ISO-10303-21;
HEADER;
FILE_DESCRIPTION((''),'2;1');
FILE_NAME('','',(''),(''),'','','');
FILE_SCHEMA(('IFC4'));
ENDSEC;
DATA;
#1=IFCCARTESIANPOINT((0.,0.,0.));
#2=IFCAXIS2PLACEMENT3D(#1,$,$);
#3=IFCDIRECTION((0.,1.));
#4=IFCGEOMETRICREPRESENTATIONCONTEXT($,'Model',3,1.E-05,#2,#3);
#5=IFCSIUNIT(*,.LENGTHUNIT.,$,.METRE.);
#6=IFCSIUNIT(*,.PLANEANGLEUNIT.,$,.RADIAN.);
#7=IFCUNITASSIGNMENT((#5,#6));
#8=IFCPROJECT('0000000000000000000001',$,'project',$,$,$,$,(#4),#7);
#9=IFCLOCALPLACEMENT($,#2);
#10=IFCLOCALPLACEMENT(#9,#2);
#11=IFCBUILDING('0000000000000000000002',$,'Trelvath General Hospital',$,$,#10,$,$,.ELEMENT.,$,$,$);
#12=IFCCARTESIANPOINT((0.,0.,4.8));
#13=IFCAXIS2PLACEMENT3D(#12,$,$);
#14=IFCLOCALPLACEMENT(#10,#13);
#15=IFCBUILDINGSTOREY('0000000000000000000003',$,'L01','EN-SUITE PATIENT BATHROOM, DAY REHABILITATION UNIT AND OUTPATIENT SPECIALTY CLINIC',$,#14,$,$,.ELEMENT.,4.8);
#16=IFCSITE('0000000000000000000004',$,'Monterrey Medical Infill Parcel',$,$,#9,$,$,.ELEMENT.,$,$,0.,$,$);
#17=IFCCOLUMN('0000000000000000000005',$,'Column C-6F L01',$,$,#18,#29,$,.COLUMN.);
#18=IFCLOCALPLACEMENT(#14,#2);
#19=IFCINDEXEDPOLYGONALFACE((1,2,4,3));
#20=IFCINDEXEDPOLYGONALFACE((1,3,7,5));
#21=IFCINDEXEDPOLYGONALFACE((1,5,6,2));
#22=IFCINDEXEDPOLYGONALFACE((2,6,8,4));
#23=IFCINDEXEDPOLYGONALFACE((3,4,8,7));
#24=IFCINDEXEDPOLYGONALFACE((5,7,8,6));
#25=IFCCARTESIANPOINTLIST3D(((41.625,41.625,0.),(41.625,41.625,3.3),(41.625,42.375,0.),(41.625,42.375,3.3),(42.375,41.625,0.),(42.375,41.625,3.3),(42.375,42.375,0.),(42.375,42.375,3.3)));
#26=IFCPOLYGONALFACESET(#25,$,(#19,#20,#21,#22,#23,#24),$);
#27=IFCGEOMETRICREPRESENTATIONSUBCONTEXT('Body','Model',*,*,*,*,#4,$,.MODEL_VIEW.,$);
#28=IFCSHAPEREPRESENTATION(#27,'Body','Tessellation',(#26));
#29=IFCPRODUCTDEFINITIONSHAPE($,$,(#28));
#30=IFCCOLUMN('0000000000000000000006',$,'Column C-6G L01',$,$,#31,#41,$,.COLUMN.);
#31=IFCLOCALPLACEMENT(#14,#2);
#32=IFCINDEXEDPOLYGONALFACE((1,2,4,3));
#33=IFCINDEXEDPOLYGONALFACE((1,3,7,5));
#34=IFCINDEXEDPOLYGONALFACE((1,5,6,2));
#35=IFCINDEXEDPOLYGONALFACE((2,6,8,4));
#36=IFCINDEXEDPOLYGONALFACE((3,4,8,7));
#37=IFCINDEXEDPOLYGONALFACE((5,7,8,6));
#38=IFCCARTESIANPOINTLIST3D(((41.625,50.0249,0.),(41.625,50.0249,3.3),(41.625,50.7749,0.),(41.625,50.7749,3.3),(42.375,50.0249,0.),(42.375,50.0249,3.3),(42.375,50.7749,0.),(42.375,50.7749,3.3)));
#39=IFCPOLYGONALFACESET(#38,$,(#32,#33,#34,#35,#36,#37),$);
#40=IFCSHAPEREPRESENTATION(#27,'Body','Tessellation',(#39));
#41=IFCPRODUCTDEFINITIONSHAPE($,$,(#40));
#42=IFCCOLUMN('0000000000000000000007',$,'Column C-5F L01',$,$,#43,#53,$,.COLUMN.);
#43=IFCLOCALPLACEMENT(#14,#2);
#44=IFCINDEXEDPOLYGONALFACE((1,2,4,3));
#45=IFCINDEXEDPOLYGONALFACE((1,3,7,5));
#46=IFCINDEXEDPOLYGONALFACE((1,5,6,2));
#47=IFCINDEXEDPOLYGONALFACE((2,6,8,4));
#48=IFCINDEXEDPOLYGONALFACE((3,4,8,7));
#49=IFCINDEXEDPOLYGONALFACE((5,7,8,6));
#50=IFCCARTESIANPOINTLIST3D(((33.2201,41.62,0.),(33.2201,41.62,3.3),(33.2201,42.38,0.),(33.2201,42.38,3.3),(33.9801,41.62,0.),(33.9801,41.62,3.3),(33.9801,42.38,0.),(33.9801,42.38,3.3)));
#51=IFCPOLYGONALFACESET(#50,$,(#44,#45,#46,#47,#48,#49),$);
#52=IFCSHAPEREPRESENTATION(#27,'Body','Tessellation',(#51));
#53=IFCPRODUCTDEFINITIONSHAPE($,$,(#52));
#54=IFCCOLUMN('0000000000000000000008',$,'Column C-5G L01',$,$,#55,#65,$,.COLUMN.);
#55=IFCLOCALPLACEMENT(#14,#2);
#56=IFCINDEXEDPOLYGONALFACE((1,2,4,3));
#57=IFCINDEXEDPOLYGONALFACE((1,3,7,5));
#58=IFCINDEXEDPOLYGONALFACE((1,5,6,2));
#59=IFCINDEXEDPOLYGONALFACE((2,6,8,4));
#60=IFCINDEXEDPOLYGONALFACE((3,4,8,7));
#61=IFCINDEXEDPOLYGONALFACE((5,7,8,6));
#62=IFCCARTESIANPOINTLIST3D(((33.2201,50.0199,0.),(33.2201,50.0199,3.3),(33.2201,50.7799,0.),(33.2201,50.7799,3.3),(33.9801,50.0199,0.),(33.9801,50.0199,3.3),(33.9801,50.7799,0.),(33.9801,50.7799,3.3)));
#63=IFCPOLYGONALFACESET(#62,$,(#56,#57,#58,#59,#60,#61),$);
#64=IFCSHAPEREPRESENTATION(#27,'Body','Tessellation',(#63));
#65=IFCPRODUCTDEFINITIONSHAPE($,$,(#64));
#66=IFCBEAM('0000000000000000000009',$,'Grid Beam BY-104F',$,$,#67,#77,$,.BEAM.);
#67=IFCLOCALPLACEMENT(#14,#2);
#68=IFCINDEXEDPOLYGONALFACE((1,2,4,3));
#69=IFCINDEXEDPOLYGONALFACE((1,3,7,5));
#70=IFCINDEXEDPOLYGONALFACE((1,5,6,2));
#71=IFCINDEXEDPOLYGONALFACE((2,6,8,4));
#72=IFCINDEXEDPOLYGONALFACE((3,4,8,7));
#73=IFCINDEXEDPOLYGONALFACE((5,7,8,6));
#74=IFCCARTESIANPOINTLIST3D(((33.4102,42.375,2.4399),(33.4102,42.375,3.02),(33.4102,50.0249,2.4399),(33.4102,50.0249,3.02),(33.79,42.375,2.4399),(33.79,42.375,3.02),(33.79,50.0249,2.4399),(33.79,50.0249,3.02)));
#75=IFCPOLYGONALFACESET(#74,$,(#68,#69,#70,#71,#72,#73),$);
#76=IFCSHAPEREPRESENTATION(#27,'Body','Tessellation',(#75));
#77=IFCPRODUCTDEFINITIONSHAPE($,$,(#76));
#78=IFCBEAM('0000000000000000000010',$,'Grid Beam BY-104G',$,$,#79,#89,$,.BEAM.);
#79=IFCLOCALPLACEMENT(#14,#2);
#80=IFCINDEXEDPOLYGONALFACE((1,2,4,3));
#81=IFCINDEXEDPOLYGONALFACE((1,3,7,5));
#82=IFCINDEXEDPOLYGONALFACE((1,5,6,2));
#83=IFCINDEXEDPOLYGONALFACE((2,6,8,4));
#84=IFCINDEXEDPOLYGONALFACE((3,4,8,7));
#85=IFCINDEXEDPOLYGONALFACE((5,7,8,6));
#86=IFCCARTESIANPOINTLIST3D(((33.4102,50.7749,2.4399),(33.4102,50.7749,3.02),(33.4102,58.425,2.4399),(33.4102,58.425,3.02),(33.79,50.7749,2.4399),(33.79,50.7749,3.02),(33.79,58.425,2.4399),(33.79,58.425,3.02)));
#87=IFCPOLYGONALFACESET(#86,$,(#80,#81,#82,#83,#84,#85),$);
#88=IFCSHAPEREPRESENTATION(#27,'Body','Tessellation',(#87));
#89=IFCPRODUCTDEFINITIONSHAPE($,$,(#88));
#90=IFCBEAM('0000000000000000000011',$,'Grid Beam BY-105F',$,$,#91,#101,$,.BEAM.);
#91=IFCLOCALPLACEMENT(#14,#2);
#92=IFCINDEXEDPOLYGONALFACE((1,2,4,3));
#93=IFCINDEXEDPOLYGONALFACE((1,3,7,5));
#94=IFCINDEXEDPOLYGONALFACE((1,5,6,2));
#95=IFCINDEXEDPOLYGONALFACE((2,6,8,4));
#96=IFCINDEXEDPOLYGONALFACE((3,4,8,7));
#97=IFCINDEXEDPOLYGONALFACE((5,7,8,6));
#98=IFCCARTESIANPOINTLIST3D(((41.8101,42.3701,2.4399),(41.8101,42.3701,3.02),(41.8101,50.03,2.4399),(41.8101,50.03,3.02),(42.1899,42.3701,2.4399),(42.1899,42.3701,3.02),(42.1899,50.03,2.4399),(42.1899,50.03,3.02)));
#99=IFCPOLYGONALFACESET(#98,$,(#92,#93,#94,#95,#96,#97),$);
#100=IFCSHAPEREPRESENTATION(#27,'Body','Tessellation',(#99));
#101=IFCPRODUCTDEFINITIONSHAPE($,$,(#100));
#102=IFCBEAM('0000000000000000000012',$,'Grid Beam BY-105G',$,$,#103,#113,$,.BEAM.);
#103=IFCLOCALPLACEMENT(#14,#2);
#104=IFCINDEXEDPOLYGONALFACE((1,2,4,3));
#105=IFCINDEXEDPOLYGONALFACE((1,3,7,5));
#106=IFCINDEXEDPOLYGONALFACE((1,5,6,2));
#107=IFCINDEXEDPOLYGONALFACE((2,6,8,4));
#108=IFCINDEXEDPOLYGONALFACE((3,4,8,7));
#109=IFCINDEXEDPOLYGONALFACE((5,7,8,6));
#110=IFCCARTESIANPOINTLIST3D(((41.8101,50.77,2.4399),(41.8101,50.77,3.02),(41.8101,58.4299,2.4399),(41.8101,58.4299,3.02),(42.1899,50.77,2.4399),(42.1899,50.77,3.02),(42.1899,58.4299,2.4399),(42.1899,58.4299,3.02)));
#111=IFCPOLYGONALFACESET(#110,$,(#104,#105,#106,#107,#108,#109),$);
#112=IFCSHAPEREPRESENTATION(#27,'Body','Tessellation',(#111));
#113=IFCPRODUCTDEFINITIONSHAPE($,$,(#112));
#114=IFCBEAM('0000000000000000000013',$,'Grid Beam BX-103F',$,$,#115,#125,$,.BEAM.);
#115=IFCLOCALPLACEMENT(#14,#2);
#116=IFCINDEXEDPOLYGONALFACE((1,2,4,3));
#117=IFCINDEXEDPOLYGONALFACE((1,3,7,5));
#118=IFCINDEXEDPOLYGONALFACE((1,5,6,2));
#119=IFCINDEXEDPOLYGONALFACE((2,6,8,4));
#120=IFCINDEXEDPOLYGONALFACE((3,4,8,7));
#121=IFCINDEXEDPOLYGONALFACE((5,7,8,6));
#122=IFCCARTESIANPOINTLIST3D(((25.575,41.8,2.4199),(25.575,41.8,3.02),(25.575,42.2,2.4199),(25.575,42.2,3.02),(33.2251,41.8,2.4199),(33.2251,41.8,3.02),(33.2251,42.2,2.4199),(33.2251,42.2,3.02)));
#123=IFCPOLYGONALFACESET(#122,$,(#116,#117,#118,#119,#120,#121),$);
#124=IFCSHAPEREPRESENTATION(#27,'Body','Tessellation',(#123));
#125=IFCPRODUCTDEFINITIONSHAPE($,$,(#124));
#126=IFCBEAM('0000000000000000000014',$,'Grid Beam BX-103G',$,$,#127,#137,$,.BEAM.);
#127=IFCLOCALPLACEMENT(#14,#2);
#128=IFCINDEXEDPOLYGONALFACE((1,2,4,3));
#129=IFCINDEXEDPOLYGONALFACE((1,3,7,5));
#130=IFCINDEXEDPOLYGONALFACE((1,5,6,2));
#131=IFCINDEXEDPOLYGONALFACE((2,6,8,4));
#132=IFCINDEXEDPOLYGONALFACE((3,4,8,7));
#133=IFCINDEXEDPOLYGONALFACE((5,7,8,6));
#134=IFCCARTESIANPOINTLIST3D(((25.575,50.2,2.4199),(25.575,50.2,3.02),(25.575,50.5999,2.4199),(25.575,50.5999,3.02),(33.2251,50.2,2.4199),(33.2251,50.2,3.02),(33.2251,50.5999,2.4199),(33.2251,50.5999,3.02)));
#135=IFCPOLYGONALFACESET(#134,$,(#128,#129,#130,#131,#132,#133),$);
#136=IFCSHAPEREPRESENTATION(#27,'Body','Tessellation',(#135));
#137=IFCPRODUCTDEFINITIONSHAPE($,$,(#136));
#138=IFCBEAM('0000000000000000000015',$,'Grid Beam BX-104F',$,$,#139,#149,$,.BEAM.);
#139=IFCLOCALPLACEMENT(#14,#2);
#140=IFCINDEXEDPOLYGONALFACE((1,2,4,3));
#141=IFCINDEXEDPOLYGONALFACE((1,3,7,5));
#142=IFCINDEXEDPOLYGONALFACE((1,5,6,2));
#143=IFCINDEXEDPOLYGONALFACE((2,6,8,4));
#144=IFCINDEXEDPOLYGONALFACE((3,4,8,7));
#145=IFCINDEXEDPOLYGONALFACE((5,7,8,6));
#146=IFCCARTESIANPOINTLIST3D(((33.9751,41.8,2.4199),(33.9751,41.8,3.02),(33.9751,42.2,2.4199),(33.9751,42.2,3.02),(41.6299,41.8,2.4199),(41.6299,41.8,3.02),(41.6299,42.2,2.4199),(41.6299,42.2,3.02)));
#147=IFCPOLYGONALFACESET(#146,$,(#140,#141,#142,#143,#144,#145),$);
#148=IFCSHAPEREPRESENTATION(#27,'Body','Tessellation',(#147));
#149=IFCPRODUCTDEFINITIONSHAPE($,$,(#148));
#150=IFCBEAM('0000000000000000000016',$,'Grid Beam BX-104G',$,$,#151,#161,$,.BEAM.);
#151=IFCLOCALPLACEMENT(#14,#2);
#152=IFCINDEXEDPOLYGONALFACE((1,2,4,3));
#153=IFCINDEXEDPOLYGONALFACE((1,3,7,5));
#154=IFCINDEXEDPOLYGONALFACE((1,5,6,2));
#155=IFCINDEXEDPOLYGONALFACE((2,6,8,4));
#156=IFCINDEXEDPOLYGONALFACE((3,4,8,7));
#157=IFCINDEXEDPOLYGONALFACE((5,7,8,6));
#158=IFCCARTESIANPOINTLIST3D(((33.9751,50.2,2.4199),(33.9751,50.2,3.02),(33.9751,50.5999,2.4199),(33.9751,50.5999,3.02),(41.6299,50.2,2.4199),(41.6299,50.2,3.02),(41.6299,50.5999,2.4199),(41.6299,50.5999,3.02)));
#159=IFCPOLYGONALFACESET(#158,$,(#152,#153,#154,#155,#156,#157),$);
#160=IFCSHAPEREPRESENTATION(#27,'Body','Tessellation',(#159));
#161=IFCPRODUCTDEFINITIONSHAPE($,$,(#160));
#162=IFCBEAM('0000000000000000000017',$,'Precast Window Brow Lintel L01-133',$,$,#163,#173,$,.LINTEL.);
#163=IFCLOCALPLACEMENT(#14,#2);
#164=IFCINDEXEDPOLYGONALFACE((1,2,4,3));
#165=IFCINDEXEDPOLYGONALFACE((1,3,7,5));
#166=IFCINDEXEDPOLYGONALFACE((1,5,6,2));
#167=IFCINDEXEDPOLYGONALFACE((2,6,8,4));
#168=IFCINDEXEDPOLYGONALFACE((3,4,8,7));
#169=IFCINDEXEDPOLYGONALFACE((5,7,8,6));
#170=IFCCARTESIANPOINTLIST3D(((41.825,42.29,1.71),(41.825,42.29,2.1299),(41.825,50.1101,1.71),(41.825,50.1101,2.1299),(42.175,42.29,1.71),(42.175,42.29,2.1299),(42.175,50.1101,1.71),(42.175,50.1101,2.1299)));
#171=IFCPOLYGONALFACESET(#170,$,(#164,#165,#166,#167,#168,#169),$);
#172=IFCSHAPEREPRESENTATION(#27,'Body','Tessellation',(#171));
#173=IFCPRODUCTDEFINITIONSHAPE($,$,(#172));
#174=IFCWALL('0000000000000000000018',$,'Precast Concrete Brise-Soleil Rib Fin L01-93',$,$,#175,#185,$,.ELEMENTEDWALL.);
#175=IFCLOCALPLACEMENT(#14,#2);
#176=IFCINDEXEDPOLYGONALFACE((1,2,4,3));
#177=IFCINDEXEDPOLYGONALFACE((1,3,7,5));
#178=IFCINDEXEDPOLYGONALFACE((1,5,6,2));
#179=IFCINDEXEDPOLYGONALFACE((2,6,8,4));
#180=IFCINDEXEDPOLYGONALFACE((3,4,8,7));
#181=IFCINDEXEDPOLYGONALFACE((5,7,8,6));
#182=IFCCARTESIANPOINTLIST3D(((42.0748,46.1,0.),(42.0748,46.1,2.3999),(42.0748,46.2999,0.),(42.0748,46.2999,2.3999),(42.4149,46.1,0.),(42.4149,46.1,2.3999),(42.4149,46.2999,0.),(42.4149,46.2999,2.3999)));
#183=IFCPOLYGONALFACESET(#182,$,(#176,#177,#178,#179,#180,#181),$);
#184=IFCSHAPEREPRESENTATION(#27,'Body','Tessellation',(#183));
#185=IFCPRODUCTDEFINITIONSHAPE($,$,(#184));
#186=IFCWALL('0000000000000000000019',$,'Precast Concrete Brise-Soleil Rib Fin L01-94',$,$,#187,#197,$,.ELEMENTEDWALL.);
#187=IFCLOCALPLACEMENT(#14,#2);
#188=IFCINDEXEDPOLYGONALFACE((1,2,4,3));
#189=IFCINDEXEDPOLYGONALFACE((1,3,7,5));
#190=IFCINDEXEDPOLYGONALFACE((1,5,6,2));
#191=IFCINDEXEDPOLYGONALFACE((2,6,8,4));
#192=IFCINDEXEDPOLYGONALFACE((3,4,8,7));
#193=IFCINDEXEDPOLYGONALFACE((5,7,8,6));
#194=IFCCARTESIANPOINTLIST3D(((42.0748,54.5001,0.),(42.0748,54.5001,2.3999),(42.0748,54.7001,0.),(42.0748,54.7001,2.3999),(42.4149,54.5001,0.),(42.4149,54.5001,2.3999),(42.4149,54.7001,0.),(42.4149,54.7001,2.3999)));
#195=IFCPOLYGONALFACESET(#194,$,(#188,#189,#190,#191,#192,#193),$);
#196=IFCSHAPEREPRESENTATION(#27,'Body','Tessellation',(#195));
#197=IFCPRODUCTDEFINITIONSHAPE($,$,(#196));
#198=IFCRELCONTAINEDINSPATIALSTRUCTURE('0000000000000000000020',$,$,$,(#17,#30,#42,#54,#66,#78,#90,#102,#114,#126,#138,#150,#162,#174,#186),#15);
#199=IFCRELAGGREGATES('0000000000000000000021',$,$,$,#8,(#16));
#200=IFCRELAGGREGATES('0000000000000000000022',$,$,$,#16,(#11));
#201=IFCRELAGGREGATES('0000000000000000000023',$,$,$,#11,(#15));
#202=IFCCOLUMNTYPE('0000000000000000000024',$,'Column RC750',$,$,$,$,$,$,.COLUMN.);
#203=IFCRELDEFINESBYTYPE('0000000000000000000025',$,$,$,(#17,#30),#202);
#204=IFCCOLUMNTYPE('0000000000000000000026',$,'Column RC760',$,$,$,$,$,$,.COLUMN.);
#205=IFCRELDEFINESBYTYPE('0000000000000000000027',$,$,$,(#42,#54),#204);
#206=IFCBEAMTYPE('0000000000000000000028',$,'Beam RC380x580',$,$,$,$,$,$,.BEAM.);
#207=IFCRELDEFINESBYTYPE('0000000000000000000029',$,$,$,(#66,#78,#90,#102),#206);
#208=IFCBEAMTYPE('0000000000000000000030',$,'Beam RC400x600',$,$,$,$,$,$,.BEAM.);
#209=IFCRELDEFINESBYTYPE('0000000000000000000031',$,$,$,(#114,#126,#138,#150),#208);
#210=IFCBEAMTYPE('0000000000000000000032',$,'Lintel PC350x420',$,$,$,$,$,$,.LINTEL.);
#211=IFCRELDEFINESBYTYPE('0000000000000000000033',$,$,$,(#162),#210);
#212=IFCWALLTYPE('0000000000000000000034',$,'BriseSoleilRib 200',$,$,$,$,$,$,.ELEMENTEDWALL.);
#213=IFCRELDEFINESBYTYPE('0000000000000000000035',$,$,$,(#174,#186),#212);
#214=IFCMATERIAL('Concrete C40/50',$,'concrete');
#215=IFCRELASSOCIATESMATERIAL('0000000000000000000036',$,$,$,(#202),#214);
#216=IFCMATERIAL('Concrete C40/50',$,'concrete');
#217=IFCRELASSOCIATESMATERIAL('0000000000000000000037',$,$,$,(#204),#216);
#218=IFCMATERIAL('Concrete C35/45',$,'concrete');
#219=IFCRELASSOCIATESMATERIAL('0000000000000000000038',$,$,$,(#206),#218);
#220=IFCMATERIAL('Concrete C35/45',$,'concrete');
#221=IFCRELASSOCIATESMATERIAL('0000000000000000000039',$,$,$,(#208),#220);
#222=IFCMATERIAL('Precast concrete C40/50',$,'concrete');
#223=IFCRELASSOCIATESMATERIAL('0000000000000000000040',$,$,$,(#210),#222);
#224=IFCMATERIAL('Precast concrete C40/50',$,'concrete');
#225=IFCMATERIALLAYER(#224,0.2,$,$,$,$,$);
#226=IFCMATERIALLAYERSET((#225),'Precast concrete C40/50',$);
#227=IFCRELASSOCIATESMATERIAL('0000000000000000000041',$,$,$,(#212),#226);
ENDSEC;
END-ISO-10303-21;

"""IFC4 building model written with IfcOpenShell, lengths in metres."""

from ifc_helpers import new_model, si_unit, direction, frame, frame_2d, origin, origin_2d, place, context, subcontext, project, spatial, rectangle, extrude, material, layer, layer_set, material_profile, profile_set, type_object, element, save


model = new_model("IFC4")

# Units and contexts
model_context = context("Model", 3, precision=1e-05, world=origin(), true_north=direction((0.0, 1.0)))
body_context = subcontext(model_context, "Body", "Model", "MODEL_VIEW")
ifc_project = project(units=[si_unit("LENGTHUNIT", "METRE"), si_unit("PLANEANGLEUNIT", "RADIAN")], contexts=[model_context])

# Site, building, storey
site_placement = place(None, origin())
site = spatial("IfcSite", under=ifc_project, at=site_placement, Name="Monterrey Medical Infill Parcel", CompositionType="ELEMENT", RefElevation=0.0)
building_placement = place(site_placement, origin())
building = spatial("IfcBuilding", under=site, at=building_placement, Name="Trelvath General Hospital", CompositionType="ELEMENT")
storey_placement = place(building_placement, frame((0.0, 0.0, 4.8)))
storey = spatial("IfcBuildingStorey", under=building, at=storey_placement, Name="L01", Description="EN-SUITE PATIENT BATHROOM, DAY REHABILITATION UNIT AND OUTPATIENT SPECIALTY CLINIC", CompositionType="ELEMENT", Elevation=4.8)

# Columns
ifc_material_1 = material(Name="Concrete C40/50", Category="concrete")
ifc_material_profile_1 = material_profile(ifc_material_1, rectangle(XDim=0.75, YDim=0.75, at=origin_2d()), Name="RC750x750")
ifc_profile_set_1 = profile_set([ifc_material_profile_1], Name="Concrete C40/50")
column_type_1 = type_object("IfcColumnType", Name="Column RC750", PredefinedType="COLUMN", material=ifc_profile_set_1)
for number, where, z_axis, x_axis, name in (
    (1, (42.0, 42.0, 0.0), (0.0, 0.0, 1.0), (1.0, 0.0, 0.0), "Column C-6F L01"),
    (2, (42.0, 50.3999, 0.0), (0.0, 0.0, 1.0), (1.0, 0.0, 0.0), "Column C-6G L01"),
):
    element("IfcColumn", number, at=place(storey_placement, frame(where, z_axis=z_axis, x_axis=x_axis)), inside=storey, type_object=column_type_1, Name=name, PredefinedType="COLUMN", context=body_context, shape_type="SweptSolid", body=[
        extrude(rectangle(XDim=0.75, YDim=0.75, at=origin_2d()), origin(), (0.0, 0.0, 1.0), 3.3),
    ])
ifc_material_2 = material(Name="Concrete C40/50", Category="concrete")
ifc_material_profile_2 = material_profile(ifc_material_2, rectangle(XDim=0.76, YDim=0.76, at=origin_2d()), Name="RC760x760")
ifc_profile_set_2 = profile_set([ifc_material_profile_2], Name="Concrete C40/50")
column_type_2 = type_object("IfcColumnType", Name="Column RC760", PredefinedType="COLUMN", material=ifc_profile_set_2)
for number, where, z_axis, x_axis, name in (
    (3, (33.6001, 42.0, 0.0), (0.0, 0.0, 1.0), (1.0, 0.0, 0.0), "Column C-5F L01"),
    (4, (33.6001, 50.3999, 0.0), (0.0, 0.0, 1.0), (1.0, 0.0, 0.0), "Column C-5G L01"),
):
    element("IfcColumn", number, at=place(storey_placement, frame(where, z_axis=z_axis, x_axis=x_axis)), inside=storey, type_object=column_type_2, Name=name, PredefinedType="COLUMN", context=body_context, shape_type="SweptSolid", body=[
        extrude(rectangle(XDim=0.76, YDim=0.76, at=origin_2d()), origin(), (0.0, 0.0, 1.0), 3.3),
    ])

# Beams
ifc_material_3 = material(Name="Concrete C35/45", Category="concrete")
ifc_material_profile_3 = material_profile(ifc_material_3, rectangle(XDim=0.3799, YDim=0.5801, at=origin_2d()), Name="RCB380x580")
ifc_profile_set_3 = profile_set([ifc_material_profile_3], Name="Concrete C35/45")
beam_type_1 = type_object("IfcBeamType", Name="Beam RC380x580", PredefinedType="BEAM", material=ifc_profile_set_3)
beam_1_placement = place(storey_placement, frame((33.6001, 42.375, 2.73), z_axis=(0.0, 1.0, 0.0), x_axis=(-1.0, 0.0, 0.0)))
element("IfcBeam", 5, at=beam_1_placement, inside=storey, type_object=beam_type_1, Name="Grid Beam BY-104F", PredefinedType="BEAM", context=body_context, shape_type="SweptSolid", body=[
    extrude(rectangle(XDim=0.3799, YDim=0.5801, at=origin_2d()), origin(), (0.0, 0.0, 1.0), 7.6499),
])
beam_2_placement = place(storey_placement, frame((33.6001, 50.7749, 2.73), z_axis=(0.0, 1.0, 0.0), x_axis=(-1.0, 0.0, 0.0)))
element("IfcBeam", 6, at=beam_2_placement, inside=storey, type_object=beam_type_1, Name="Grid Beam BY-104G", PredefinedType="BEAM", context=body_context, shape_type="SweptSolid", body=[
    extrude(rectangle(XDim=0.3799, YDim=0.5801, at=origin_2d()), origin(), (0.0, 0.0, 1.0), 7.6501),
])
for number, where, z_axis, x_axis, name in (
    (7, (42.0, 42.3701, 2.73), (0.0, 1.0, 0.0), (-1.0, 0.0, 0.0), "Grid Beam BY-105F"),
    (8, (42.0, 50.77, 2.73), (0.0, 1.0, 0.0), (-1.0, 0.0, 0.0), "Grid Beam BY-105G"),
):
    element("IfcBeam", number, at=place(storey_placement, frame(where, z_axis=z_axis, x_axis=x_axis)), inside=storey, type_object=beam_type_1, Name=name, PredefinedType="BEAM", context=body_context, shape_type="SweptSolid", body=[
        extrude(rectangle(XDim=0.3799, YDim=0.5801, at=origin_2d()), origin(), (0.0, 0.0, 1.0), 7.6599),
    ])
ifc_material_4 = material(Name="Concrete C35/45", Category="concrete")
ifc_material_profile_4 = material_profile(ifc_material_4, rectangle(XDim=0.3999, YDim=0.6001, at=origin_2d()), Name="RCB400x600")
ifc_profile_set_4 = profile_set([ifc_material_profile_4], Name="Concrete C35/45")
beam_type_2 = type_object("IfcBeamType", Name="Beam RC400x600", PredefinedType="BEAM", material=ifc_profile_set_4)
for number, where, z_axis, x_axis, name in (
    (9, (25.575, 42.0, 2.72), (1.0, 0.0, 0.0), (0.0, 1.0, 0.0), "Grid Beam BX-103F"),
    (10, (25.575, 50.3999, 2.72), (1.0, 0.0, 0.0), (0.0, 1.0, 0.0), "Grid Beam BX-103G"),
):
    element("IfcBeam", number, at=place(storey_placement, frame(where, z_axis=z_axis, x_axis=x_axis)), inside=storey, type_object=beam_type_2, Name=name, PredefinedType="BEAM", context=body_context, shape_type="SweptSolid", body=[
        extrude(rectangle(XDim=0.3999, YDim=0.6001, at=origin_2d()), origin(), (0.0, 0.0, 1.0), 7.6501),
    ])
for number, where, z_axis, x_axis, name in (
    (11, (33.9751, 42.0, 2.72), (1.0, 0.0, 0.0), (0.0, 1.0, 0.0), "Grid Beam BX-104F"),
    (12, (33.9751, 50.3999, 2.72), (1.0, 0.0, 0.0), (0.0, 1.0, 0.0), "Grid Beam BX-104G"),
):
    element("IfcBeam", number, at=place(storey_placement, frame(where, z_axis=z_axis, x_axis=x_axis)), inside=storey, type_object=beam_type_2, Name=name, PredefinedType="BEAM", context=body_context, shape_type="SweptSolid", body=[
        extrude(rectangle(XDim=0.3999, YDim=0.6001, at=origin_2d()), origin(), (0.0, 0.0, 1.0), 7.6548),
    ])
ifc_material_5 = material(Name="Precast concrete C40/50", Category="concrete")
ifc_material_profile_5 = material_profile(ifc_material_5, rectangle(XDim=0.3501, YDim=0.4199, at=origin_2d()), Name="PCL350x420")
ifc_profile_set_5 = profile_set([ifc_material_profile_5], Name="Precast concrete C40/50")
beam_type_3 = type_object("IfcBeamType", Name="Lintel PC350x420", PredefinedType="LINTEL", material=ifc_profile_set_5)
beam_3_placement = place(storey_placement, frame((42.0, 50.1101, 1.9199), z_axis=(0.0, -1.0, 0.0), x_axis=(1.0, 0.0, 0.0)))
element("IfcBeam", 13, at=beam_3_placement, inside=storey, type_object=beam_type_3, Name="Precast Window Brow Lintel L01-133", PredefinedType="LINTEL", context=body_context, shape_type="SweptSolid", body=[
    extrude(rectangle(XDim=0.3501, YDim=0.4199, at=origin_2d()), origin(), (0.0, 0.0, 1.0), 7.8201),
])

# Walls
ifc_material_6 = material(Name="Precast concrete C40/50", Category="concrete")
ifc_layer_1 = layer(ifc_material_6, 0.2)
ifc_layer_set_1 = layer_set([ifc_layer_1], Name="Precast concrete C40/50")
wall_type_1 = type_object("IfcWallType", Name="BriseSoleilRib 200", PredefinedType="ELEMENTEDWALL", material=ifc_layer_set_1)
for number, where, z_axis, x_axis, name in (
    (14, (42.075, 46.2, 0.0), (0.0, 0.0, 1.0), (1.0, 0.0, 0.0), "Precast Concrete Brise-Soleil Rib Fin L01-93"),
    (15, (42.075, 54.6001, 0.0), (0.0, 0.0, 1.0), (1.0, 0.0, 0.0), "Precast Concrete Brise-Soleil Rib Fin L01-94"),
):
    element("IfcWall", number, at=place(storey_placement, frame(where, z_axis=z_axis, x_axis=x_axis)), inside=storey, type_object=wall_type_1, Name=name, PredefinedType="ELEMENTEDWALL", context=body_context, shape_type="SweptSolid", body=[
        extrude(rectangle(XDim=0.3401, YDim=0.2, at=frame_2d((0.1699, 0.0))), origin(), (0.0, 0.0, 1.0), 2.3999),
    ])

save(model, "model.ifc")
